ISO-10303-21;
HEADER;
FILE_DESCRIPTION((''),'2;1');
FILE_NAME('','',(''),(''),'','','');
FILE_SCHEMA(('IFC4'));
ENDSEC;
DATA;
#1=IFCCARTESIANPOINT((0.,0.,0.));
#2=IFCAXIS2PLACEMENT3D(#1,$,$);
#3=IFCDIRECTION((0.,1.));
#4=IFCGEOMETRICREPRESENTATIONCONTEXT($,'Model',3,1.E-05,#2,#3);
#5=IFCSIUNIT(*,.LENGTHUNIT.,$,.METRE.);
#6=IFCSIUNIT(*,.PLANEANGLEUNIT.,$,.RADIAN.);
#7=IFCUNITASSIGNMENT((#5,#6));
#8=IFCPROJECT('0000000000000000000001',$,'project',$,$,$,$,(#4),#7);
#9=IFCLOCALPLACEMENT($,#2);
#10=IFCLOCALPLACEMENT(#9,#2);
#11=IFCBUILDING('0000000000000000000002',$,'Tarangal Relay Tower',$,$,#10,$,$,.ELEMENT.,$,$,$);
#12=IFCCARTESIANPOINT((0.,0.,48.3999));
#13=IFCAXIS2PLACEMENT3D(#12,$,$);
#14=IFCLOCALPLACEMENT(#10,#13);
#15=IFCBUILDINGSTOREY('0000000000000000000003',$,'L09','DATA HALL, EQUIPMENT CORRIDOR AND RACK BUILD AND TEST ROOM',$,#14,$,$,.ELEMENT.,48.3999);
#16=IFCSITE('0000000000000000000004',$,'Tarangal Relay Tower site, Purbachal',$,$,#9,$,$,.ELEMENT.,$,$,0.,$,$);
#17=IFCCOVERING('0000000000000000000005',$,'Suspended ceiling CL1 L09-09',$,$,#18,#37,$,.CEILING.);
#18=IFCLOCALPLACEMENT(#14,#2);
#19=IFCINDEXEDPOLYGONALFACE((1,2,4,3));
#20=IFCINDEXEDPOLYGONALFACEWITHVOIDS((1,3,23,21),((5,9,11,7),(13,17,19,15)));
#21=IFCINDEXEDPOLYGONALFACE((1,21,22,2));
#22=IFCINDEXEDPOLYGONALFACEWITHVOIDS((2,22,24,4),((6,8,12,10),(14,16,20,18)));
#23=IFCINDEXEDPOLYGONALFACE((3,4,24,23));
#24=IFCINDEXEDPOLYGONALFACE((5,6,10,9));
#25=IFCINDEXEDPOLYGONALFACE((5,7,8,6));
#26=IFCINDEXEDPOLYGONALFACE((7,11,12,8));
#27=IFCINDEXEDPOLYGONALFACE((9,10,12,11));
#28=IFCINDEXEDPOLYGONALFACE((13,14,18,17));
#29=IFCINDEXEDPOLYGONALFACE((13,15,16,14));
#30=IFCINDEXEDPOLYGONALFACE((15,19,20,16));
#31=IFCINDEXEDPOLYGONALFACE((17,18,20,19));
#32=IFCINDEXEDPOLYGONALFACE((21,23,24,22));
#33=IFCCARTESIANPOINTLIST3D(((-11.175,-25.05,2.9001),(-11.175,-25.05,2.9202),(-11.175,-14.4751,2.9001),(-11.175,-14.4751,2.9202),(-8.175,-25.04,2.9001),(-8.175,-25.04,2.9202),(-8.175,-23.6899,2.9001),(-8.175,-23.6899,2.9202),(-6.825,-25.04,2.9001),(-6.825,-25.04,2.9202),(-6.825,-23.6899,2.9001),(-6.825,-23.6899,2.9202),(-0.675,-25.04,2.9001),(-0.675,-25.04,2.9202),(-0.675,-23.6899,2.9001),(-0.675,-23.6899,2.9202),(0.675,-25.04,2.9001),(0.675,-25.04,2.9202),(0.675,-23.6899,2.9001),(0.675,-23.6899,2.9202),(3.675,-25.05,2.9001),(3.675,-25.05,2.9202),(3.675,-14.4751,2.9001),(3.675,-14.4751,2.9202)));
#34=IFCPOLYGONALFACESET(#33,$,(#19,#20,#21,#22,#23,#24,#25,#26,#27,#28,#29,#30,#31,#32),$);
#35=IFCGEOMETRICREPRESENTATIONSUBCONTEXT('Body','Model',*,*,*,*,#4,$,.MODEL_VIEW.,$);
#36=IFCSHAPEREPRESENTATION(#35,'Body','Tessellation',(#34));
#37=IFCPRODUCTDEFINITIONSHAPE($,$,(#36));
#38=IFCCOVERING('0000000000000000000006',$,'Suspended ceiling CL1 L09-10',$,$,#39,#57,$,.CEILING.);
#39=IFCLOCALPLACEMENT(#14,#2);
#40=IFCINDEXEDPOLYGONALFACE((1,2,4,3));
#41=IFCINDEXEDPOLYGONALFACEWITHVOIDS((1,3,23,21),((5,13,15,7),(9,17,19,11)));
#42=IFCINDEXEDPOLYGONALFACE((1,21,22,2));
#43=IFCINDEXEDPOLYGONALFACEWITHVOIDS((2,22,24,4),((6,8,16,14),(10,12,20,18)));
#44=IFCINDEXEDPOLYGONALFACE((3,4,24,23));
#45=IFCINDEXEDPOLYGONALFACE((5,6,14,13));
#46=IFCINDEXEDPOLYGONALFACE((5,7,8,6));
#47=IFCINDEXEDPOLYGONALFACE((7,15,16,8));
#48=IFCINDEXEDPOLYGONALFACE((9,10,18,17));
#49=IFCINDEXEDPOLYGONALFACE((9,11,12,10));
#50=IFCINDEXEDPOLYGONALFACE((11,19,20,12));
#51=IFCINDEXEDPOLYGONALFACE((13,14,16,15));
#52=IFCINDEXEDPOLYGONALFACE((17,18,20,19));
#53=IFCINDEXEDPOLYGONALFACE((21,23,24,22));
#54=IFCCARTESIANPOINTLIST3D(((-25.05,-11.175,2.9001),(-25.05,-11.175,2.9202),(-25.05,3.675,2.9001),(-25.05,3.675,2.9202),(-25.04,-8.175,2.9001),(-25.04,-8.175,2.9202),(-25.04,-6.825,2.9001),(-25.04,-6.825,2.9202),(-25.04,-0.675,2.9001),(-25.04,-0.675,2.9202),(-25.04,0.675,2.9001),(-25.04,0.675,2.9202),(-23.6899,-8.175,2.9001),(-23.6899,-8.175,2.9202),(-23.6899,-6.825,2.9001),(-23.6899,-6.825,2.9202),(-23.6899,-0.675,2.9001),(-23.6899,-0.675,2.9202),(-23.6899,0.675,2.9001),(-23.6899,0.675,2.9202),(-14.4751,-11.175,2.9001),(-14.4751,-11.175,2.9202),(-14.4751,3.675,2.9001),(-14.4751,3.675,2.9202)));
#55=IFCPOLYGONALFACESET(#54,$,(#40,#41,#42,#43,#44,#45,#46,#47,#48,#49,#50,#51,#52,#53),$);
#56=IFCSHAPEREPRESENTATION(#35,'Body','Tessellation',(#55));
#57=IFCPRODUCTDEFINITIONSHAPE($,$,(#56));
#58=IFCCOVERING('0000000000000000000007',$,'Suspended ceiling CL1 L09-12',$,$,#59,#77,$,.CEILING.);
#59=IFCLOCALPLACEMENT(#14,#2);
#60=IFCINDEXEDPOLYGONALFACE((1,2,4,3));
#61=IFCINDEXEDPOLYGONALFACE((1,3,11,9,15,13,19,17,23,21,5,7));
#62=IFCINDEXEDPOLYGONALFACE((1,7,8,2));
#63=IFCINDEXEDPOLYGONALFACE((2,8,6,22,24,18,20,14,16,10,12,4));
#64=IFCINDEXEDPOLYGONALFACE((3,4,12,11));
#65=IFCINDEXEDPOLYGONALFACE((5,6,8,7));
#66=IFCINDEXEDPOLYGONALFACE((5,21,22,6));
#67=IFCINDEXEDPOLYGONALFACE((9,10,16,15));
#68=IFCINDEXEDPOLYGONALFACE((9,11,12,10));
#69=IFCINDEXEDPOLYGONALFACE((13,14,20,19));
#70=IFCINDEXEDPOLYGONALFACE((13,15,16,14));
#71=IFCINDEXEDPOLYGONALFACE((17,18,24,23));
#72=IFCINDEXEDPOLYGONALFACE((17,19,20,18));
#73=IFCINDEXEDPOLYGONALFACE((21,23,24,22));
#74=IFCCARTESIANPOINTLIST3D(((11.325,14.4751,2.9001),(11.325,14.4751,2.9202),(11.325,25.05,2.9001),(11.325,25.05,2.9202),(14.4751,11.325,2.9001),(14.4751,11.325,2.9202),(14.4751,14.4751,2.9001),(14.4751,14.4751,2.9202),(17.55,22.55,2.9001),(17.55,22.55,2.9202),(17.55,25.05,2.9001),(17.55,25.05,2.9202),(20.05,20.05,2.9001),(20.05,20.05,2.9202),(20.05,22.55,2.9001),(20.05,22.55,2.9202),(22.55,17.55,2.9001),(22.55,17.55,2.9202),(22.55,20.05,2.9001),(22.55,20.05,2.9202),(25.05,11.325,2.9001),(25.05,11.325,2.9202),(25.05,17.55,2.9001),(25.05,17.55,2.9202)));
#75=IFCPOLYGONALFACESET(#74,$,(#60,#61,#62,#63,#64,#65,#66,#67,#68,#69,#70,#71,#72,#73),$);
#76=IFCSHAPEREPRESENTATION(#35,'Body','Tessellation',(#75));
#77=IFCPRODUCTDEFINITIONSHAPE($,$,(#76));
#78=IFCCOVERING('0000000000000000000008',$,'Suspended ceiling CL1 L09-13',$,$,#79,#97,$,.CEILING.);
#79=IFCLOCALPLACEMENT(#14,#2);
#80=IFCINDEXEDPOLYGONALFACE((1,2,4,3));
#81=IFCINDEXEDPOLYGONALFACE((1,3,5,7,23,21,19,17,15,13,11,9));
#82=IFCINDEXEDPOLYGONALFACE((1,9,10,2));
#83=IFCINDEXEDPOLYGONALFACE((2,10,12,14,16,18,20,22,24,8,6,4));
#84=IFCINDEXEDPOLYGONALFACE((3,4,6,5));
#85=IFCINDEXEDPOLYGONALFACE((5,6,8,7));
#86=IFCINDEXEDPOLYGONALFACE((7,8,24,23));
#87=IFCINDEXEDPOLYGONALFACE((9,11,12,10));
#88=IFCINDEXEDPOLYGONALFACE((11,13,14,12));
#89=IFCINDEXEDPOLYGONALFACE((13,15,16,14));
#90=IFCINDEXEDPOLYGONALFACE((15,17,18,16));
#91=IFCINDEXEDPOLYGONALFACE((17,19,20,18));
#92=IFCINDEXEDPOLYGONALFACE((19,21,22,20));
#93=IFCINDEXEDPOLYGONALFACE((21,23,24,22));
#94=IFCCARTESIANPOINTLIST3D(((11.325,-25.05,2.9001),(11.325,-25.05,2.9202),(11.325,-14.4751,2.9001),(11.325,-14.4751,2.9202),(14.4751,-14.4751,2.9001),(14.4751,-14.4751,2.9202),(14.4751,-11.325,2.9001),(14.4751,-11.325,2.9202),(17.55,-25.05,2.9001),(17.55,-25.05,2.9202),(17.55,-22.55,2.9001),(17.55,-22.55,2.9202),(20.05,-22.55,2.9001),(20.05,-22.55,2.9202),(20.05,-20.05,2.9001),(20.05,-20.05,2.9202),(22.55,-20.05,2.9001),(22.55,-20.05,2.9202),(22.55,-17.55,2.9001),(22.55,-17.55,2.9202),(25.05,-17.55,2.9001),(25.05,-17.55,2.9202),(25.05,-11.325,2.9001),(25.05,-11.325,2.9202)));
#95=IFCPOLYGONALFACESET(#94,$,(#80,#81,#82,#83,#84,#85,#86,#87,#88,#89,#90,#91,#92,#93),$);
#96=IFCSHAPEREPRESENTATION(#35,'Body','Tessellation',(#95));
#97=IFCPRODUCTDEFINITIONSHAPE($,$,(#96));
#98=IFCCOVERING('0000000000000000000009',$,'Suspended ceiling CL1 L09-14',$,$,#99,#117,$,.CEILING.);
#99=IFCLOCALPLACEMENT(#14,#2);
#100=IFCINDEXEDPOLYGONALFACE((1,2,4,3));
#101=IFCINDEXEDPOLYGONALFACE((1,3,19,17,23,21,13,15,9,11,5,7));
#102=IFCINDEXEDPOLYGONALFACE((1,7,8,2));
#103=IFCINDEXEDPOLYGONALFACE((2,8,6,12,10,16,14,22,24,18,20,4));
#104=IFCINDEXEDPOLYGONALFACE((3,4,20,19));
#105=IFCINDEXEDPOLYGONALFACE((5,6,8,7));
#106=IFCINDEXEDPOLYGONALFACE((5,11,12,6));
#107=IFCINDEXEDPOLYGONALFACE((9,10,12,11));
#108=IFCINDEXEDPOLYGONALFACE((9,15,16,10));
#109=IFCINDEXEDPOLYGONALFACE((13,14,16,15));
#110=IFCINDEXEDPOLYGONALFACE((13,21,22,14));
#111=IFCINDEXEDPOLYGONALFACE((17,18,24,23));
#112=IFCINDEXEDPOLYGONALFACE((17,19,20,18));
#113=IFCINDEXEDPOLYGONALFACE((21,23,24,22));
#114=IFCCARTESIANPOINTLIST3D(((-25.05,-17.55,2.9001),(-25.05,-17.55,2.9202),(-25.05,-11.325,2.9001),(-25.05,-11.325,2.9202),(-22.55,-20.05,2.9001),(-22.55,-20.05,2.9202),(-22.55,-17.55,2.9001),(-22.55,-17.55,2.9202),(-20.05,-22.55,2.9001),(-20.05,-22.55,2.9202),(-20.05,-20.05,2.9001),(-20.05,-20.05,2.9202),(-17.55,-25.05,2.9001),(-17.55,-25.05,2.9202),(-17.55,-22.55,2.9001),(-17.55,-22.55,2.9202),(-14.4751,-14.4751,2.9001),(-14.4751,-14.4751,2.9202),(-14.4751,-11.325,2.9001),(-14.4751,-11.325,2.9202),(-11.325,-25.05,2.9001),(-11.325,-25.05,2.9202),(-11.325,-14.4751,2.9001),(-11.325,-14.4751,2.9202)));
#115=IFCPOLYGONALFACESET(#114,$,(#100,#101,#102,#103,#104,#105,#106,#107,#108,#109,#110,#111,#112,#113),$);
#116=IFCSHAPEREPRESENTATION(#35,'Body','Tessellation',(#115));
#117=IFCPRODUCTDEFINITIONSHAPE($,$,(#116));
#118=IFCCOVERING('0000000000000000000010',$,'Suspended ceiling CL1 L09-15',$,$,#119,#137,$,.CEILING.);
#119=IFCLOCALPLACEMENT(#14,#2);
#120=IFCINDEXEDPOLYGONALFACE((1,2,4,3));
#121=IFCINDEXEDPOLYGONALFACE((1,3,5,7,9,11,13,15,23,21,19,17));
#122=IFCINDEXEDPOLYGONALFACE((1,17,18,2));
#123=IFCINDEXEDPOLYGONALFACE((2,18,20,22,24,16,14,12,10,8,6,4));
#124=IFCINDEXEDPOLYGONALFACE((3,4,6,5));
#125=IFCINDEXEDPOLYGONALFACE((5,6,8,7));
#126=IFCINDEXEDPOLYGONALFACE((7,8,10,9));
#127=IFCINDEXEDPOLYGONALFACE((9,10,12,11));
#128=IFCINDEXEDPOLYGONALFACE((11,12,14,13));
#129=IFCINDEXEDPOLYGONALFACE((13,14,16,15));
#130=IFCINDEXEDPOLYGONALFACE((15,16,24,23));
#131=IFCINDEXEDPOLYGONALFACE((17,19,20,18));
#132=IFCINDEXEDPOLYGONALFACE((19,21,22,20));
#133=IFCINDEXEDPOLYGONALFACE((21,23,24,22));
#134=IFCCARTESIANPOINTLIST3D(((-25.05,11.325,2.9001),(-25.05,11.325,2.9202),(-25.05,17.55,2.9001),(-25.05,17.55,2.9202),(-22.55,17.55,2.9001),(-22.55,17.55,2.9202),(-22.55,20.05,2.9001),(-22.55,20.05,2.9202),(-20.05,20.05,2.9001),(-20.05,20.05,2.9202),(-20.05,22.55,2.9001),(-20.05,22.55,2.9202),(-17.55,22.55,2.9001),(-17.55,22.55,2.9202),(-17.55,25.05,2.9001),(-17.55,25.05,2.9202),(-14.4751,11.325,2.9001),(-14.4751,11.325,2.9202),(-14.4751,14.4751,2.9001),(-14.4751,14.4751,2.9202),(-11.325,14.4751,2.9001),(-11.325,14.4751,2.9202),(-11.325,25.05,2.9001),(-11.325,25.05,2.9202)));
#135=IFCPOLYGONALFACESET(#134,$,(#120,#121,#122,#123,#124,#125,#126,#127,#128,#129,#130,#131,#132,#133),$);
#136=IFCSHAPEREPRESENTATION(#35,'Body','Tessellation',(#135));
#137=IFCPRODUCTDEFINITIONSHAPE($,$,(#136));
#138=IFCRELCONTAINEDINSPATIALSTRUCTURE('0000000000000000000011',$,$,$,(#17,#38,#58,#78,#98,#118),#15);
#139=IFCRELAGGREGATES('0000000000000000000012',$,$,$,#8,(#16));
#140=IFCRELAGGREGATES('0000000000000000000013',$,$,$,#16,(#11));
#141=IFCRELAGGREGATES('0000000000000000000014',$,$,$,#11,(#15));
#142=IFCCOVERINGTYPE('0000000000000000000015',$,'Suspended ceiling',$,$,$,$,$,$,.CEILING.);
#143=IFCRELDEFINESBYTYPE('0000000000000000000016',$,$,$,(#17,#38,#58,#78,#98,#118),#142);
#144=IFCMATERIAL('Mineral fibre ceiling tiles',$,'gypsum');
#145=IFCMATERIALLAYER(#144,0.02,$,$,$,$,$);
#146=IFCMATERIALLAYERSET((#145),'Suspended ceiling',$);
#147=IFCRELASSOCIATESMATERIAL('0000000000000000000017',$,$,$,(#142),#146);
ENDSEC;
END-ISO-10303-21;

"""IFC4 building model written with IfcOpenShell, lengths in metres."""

from ifc_helpers import new_model, si_unit, direction, frame, origin, place, context, subcontext, project, spatial, polyline, outline, extrude, material, layer, layer_set, type_object, element, save


model = new_model("IFC4")

# Units and contexts
model_context = context("Model", 3, precision=1e-05, world=origin(), true_north=direction((0.0, 1.0)))
body_context = subcontext(model_context, "Body", "Model", "MODEL_VIEW")
ifc_project = project(units=[si_unit("LENGTHUNIT", "METRE"), si_unit("PLANEANGLEUNIT", "RADIAN")], contexts=[model_context])

# Site, building, storey
site_placement = place(None, origin())
site = spatial("IfcSite", under=ifc_project, at=site_placement, Name="Tarangal Relay Tower site, Purbachal", CompositionType="ELEMENT", RefElevation=0.0)
building_placement = place(site_placement, origin())
building = spatial("IfcBuilding", under=site, at=building_placement, Name="Tarangal Relay Tower", CompositionType="ELEMENT")
storey_placement = place(building_placement, frame((0.0, 0.0, 48.3999)))
storey = spatial("IfcBuildingStorey", under=building, at=storey_placement, Name="L09", Description="DATA HALL, EQUIPMENT CORRIDOR AND RACK BUILD AND TEST ROOM", CompositionType="ELEMENT", Elevation=48.3999)

# Coverings
ifc_material_1 = material(Name="Mineral fibre ceiling tiles", Category="gypsum")
ifc_layer_1 = layer(ifc_material_1, 0.02)
ifc_layer_set_1 = layer_set([ifc_layer_1], Name="Suspended ceiling")
covering_type_1 = type_object("IfcCoveringType", Name="Suspended ceiling", PredefinedType="CEILING", material=ifc_layer_set_1)
covering_1_placement = place(storey_placement, frame((0.0, 0.0, 2.9001)))
element("IfcCovering", 1, at=covering_1_placement, inside=storey, type_object=covering_type_1, Name="Suspended ceiling CL1 L09-09", PredefinedType="CEILING", context=body_context, shape_type="SweptSolid", body=[
    extrude(outline(polyline([(-11.175, -25.05), (3.675, -25.05), (3.675, -14.4751), (-11.175, -14.4751), (-11.175, -25.05)]), holes=[polyline([(-6.825, -25.04), (-6.825, -23.6899), (-8.175, -23.6899), (-8.175, -25.04), (-6.825, -25.04)]), polyline([(0.675, -25.04), (0.675, -23.6899), (-0.675, -23.6899), (-0.675, -25.04), (0.675, -25.04)])]), origin(), (0.0, 0.0, 1.0), 0.02),
])
covering_2_placement = place(storey_placement, frame((0.0, 0.0, 2.9001)))
element("IfcCovering", 2, at=covering_2_placement, inside=storey, type_object=covering_type_1, Name="Suspended ceiling CL1 L09-10", PredefinedType="CEILING", context=body_context, shape_type="SweptSolid", body=[
    extrude(outline(polyline([(-25.05, 3.675), (-25.05, -11.175), (-14.4751, -11.175), (-14.4751, 3.675), (-25.05, 3.675)]), holes=[polyline([(-23.6899, -8.175), (-23.6899, -6.825), (-25.04, -6.825), (-25.04, -8.175), (-23.6899, -8.175)]), polyline([(-23.6899, -0.675), (-23.6899, 0.675), (-25.04, 0.675), (-25.04, -0.675), (-23.6899, -0.675)])]), origin(), (0.0, 0.0, 1.0), 0.02),
])
covering_3_placement = place(storey_placement, frame((0.0, 0.0, 2.9001)))
element("IfcCovering", 3, at=covering_3_placement, inside=storey, type_object=covering_type_1, Name="Suspended ceiling CL1 L09-12", PredefinedType="CEILING", context=body_context, shape_type="SweptSolid", body=[
    extrude(outline(polyline([(17.55, 25.05), (11.325, 25.05), (11.325, 14.4751), (14.4751, 14.4751), (14.4751, 11.325), (25.05, 11.325), (25.05, 17.55), (22.55, 17.55), (22.55, 20.05), (20.05, 20.05), (20.05, 22.55), (17.55, 22.55), (17.55, 25.05)])), origin(), (0.0, 0.0, 1.0), 0.02),
])
covering_4_placement = place(storey_placement, frame((0.0, 0.0, 2.9001)))
element("IfcCovering", 4, at=covering_4_placement, inside=storey, type_object=covering_type_1, Name="Suspended ceiling CL1 L09-13", PredefinedType="CEILING", context=body_context, shape_type="SweptSolid", body=[
    extrude(outline(polyline([(25.05, -11.325), (14.4751, -11.325), (14.4751, -14.4751), (11.325, -14.4751), (11.325, -25.05), (17.55, -25.05), (17.55, -22.55), (20.05, -22.55), (20.05, -20.05), (22.55, -20.05), (22.55, -17.55), (25.05, -17.55), (25.05, -11.325)])), origin(), (0.0, 0.0, 1.0), 0.02),
])
covering_5_placement = place(storey_placement, frame((0.0, 0.0, 2.9001)))
element("IfcCovering", 5, at=covering_5_placement, inside=storey, type_object=covering_type_1, Name="Suspended ceiling CL1 L09-14", PredefinedType="CEILING", context=body_context, shape_type="SweptSolid", body=[
    extrude(outline(polyline([(-17.55, -22.55), (-17.55, -25.05), (-11.325, -25.05), (-11.325, -14.4751), (-14.4751, -14.4751), (-14.4751, -11.325), (-25.05, -11.325), (-25.05, -17.55), (-22.55, -17.55), (-22.55, -20.05), (-20.05, -20.05), (-20.05, -22.55), (-17.55, -22.55)])), origin(), (0.0, 0.0, 1.0), 0.02),
])
covering_6_placement = place(storey_placement, frame((0.0, 0.0, 2.9001)))
element("IfcCovering", 6, at=covering_6_placement, inside=storey, type_object=covering_type_1, Name="Suspended ceiling CL1 L09-15", PredefinedType="CEILING", context=body_context, shape_type="SweptSolid", body=[
    extrude(outline(polyline([(-22.55, 17.55), (-25.05, 17.55), (-25.05, 11.325), (-14.4751, 11.325), (-14.4751, 14.4751), (-11.325, 14.4751), (-11.325, 25.05), (-17.55, 25.05), (-17.55, 22.55), (-20.05, 22.55), (-20.05, 20.05), (-22.55, 20.05), (-22.55, 17.55)])), origin(), (0.0, 0.0, 1.0), 0.02),
])

save(model, "model.ifc")
